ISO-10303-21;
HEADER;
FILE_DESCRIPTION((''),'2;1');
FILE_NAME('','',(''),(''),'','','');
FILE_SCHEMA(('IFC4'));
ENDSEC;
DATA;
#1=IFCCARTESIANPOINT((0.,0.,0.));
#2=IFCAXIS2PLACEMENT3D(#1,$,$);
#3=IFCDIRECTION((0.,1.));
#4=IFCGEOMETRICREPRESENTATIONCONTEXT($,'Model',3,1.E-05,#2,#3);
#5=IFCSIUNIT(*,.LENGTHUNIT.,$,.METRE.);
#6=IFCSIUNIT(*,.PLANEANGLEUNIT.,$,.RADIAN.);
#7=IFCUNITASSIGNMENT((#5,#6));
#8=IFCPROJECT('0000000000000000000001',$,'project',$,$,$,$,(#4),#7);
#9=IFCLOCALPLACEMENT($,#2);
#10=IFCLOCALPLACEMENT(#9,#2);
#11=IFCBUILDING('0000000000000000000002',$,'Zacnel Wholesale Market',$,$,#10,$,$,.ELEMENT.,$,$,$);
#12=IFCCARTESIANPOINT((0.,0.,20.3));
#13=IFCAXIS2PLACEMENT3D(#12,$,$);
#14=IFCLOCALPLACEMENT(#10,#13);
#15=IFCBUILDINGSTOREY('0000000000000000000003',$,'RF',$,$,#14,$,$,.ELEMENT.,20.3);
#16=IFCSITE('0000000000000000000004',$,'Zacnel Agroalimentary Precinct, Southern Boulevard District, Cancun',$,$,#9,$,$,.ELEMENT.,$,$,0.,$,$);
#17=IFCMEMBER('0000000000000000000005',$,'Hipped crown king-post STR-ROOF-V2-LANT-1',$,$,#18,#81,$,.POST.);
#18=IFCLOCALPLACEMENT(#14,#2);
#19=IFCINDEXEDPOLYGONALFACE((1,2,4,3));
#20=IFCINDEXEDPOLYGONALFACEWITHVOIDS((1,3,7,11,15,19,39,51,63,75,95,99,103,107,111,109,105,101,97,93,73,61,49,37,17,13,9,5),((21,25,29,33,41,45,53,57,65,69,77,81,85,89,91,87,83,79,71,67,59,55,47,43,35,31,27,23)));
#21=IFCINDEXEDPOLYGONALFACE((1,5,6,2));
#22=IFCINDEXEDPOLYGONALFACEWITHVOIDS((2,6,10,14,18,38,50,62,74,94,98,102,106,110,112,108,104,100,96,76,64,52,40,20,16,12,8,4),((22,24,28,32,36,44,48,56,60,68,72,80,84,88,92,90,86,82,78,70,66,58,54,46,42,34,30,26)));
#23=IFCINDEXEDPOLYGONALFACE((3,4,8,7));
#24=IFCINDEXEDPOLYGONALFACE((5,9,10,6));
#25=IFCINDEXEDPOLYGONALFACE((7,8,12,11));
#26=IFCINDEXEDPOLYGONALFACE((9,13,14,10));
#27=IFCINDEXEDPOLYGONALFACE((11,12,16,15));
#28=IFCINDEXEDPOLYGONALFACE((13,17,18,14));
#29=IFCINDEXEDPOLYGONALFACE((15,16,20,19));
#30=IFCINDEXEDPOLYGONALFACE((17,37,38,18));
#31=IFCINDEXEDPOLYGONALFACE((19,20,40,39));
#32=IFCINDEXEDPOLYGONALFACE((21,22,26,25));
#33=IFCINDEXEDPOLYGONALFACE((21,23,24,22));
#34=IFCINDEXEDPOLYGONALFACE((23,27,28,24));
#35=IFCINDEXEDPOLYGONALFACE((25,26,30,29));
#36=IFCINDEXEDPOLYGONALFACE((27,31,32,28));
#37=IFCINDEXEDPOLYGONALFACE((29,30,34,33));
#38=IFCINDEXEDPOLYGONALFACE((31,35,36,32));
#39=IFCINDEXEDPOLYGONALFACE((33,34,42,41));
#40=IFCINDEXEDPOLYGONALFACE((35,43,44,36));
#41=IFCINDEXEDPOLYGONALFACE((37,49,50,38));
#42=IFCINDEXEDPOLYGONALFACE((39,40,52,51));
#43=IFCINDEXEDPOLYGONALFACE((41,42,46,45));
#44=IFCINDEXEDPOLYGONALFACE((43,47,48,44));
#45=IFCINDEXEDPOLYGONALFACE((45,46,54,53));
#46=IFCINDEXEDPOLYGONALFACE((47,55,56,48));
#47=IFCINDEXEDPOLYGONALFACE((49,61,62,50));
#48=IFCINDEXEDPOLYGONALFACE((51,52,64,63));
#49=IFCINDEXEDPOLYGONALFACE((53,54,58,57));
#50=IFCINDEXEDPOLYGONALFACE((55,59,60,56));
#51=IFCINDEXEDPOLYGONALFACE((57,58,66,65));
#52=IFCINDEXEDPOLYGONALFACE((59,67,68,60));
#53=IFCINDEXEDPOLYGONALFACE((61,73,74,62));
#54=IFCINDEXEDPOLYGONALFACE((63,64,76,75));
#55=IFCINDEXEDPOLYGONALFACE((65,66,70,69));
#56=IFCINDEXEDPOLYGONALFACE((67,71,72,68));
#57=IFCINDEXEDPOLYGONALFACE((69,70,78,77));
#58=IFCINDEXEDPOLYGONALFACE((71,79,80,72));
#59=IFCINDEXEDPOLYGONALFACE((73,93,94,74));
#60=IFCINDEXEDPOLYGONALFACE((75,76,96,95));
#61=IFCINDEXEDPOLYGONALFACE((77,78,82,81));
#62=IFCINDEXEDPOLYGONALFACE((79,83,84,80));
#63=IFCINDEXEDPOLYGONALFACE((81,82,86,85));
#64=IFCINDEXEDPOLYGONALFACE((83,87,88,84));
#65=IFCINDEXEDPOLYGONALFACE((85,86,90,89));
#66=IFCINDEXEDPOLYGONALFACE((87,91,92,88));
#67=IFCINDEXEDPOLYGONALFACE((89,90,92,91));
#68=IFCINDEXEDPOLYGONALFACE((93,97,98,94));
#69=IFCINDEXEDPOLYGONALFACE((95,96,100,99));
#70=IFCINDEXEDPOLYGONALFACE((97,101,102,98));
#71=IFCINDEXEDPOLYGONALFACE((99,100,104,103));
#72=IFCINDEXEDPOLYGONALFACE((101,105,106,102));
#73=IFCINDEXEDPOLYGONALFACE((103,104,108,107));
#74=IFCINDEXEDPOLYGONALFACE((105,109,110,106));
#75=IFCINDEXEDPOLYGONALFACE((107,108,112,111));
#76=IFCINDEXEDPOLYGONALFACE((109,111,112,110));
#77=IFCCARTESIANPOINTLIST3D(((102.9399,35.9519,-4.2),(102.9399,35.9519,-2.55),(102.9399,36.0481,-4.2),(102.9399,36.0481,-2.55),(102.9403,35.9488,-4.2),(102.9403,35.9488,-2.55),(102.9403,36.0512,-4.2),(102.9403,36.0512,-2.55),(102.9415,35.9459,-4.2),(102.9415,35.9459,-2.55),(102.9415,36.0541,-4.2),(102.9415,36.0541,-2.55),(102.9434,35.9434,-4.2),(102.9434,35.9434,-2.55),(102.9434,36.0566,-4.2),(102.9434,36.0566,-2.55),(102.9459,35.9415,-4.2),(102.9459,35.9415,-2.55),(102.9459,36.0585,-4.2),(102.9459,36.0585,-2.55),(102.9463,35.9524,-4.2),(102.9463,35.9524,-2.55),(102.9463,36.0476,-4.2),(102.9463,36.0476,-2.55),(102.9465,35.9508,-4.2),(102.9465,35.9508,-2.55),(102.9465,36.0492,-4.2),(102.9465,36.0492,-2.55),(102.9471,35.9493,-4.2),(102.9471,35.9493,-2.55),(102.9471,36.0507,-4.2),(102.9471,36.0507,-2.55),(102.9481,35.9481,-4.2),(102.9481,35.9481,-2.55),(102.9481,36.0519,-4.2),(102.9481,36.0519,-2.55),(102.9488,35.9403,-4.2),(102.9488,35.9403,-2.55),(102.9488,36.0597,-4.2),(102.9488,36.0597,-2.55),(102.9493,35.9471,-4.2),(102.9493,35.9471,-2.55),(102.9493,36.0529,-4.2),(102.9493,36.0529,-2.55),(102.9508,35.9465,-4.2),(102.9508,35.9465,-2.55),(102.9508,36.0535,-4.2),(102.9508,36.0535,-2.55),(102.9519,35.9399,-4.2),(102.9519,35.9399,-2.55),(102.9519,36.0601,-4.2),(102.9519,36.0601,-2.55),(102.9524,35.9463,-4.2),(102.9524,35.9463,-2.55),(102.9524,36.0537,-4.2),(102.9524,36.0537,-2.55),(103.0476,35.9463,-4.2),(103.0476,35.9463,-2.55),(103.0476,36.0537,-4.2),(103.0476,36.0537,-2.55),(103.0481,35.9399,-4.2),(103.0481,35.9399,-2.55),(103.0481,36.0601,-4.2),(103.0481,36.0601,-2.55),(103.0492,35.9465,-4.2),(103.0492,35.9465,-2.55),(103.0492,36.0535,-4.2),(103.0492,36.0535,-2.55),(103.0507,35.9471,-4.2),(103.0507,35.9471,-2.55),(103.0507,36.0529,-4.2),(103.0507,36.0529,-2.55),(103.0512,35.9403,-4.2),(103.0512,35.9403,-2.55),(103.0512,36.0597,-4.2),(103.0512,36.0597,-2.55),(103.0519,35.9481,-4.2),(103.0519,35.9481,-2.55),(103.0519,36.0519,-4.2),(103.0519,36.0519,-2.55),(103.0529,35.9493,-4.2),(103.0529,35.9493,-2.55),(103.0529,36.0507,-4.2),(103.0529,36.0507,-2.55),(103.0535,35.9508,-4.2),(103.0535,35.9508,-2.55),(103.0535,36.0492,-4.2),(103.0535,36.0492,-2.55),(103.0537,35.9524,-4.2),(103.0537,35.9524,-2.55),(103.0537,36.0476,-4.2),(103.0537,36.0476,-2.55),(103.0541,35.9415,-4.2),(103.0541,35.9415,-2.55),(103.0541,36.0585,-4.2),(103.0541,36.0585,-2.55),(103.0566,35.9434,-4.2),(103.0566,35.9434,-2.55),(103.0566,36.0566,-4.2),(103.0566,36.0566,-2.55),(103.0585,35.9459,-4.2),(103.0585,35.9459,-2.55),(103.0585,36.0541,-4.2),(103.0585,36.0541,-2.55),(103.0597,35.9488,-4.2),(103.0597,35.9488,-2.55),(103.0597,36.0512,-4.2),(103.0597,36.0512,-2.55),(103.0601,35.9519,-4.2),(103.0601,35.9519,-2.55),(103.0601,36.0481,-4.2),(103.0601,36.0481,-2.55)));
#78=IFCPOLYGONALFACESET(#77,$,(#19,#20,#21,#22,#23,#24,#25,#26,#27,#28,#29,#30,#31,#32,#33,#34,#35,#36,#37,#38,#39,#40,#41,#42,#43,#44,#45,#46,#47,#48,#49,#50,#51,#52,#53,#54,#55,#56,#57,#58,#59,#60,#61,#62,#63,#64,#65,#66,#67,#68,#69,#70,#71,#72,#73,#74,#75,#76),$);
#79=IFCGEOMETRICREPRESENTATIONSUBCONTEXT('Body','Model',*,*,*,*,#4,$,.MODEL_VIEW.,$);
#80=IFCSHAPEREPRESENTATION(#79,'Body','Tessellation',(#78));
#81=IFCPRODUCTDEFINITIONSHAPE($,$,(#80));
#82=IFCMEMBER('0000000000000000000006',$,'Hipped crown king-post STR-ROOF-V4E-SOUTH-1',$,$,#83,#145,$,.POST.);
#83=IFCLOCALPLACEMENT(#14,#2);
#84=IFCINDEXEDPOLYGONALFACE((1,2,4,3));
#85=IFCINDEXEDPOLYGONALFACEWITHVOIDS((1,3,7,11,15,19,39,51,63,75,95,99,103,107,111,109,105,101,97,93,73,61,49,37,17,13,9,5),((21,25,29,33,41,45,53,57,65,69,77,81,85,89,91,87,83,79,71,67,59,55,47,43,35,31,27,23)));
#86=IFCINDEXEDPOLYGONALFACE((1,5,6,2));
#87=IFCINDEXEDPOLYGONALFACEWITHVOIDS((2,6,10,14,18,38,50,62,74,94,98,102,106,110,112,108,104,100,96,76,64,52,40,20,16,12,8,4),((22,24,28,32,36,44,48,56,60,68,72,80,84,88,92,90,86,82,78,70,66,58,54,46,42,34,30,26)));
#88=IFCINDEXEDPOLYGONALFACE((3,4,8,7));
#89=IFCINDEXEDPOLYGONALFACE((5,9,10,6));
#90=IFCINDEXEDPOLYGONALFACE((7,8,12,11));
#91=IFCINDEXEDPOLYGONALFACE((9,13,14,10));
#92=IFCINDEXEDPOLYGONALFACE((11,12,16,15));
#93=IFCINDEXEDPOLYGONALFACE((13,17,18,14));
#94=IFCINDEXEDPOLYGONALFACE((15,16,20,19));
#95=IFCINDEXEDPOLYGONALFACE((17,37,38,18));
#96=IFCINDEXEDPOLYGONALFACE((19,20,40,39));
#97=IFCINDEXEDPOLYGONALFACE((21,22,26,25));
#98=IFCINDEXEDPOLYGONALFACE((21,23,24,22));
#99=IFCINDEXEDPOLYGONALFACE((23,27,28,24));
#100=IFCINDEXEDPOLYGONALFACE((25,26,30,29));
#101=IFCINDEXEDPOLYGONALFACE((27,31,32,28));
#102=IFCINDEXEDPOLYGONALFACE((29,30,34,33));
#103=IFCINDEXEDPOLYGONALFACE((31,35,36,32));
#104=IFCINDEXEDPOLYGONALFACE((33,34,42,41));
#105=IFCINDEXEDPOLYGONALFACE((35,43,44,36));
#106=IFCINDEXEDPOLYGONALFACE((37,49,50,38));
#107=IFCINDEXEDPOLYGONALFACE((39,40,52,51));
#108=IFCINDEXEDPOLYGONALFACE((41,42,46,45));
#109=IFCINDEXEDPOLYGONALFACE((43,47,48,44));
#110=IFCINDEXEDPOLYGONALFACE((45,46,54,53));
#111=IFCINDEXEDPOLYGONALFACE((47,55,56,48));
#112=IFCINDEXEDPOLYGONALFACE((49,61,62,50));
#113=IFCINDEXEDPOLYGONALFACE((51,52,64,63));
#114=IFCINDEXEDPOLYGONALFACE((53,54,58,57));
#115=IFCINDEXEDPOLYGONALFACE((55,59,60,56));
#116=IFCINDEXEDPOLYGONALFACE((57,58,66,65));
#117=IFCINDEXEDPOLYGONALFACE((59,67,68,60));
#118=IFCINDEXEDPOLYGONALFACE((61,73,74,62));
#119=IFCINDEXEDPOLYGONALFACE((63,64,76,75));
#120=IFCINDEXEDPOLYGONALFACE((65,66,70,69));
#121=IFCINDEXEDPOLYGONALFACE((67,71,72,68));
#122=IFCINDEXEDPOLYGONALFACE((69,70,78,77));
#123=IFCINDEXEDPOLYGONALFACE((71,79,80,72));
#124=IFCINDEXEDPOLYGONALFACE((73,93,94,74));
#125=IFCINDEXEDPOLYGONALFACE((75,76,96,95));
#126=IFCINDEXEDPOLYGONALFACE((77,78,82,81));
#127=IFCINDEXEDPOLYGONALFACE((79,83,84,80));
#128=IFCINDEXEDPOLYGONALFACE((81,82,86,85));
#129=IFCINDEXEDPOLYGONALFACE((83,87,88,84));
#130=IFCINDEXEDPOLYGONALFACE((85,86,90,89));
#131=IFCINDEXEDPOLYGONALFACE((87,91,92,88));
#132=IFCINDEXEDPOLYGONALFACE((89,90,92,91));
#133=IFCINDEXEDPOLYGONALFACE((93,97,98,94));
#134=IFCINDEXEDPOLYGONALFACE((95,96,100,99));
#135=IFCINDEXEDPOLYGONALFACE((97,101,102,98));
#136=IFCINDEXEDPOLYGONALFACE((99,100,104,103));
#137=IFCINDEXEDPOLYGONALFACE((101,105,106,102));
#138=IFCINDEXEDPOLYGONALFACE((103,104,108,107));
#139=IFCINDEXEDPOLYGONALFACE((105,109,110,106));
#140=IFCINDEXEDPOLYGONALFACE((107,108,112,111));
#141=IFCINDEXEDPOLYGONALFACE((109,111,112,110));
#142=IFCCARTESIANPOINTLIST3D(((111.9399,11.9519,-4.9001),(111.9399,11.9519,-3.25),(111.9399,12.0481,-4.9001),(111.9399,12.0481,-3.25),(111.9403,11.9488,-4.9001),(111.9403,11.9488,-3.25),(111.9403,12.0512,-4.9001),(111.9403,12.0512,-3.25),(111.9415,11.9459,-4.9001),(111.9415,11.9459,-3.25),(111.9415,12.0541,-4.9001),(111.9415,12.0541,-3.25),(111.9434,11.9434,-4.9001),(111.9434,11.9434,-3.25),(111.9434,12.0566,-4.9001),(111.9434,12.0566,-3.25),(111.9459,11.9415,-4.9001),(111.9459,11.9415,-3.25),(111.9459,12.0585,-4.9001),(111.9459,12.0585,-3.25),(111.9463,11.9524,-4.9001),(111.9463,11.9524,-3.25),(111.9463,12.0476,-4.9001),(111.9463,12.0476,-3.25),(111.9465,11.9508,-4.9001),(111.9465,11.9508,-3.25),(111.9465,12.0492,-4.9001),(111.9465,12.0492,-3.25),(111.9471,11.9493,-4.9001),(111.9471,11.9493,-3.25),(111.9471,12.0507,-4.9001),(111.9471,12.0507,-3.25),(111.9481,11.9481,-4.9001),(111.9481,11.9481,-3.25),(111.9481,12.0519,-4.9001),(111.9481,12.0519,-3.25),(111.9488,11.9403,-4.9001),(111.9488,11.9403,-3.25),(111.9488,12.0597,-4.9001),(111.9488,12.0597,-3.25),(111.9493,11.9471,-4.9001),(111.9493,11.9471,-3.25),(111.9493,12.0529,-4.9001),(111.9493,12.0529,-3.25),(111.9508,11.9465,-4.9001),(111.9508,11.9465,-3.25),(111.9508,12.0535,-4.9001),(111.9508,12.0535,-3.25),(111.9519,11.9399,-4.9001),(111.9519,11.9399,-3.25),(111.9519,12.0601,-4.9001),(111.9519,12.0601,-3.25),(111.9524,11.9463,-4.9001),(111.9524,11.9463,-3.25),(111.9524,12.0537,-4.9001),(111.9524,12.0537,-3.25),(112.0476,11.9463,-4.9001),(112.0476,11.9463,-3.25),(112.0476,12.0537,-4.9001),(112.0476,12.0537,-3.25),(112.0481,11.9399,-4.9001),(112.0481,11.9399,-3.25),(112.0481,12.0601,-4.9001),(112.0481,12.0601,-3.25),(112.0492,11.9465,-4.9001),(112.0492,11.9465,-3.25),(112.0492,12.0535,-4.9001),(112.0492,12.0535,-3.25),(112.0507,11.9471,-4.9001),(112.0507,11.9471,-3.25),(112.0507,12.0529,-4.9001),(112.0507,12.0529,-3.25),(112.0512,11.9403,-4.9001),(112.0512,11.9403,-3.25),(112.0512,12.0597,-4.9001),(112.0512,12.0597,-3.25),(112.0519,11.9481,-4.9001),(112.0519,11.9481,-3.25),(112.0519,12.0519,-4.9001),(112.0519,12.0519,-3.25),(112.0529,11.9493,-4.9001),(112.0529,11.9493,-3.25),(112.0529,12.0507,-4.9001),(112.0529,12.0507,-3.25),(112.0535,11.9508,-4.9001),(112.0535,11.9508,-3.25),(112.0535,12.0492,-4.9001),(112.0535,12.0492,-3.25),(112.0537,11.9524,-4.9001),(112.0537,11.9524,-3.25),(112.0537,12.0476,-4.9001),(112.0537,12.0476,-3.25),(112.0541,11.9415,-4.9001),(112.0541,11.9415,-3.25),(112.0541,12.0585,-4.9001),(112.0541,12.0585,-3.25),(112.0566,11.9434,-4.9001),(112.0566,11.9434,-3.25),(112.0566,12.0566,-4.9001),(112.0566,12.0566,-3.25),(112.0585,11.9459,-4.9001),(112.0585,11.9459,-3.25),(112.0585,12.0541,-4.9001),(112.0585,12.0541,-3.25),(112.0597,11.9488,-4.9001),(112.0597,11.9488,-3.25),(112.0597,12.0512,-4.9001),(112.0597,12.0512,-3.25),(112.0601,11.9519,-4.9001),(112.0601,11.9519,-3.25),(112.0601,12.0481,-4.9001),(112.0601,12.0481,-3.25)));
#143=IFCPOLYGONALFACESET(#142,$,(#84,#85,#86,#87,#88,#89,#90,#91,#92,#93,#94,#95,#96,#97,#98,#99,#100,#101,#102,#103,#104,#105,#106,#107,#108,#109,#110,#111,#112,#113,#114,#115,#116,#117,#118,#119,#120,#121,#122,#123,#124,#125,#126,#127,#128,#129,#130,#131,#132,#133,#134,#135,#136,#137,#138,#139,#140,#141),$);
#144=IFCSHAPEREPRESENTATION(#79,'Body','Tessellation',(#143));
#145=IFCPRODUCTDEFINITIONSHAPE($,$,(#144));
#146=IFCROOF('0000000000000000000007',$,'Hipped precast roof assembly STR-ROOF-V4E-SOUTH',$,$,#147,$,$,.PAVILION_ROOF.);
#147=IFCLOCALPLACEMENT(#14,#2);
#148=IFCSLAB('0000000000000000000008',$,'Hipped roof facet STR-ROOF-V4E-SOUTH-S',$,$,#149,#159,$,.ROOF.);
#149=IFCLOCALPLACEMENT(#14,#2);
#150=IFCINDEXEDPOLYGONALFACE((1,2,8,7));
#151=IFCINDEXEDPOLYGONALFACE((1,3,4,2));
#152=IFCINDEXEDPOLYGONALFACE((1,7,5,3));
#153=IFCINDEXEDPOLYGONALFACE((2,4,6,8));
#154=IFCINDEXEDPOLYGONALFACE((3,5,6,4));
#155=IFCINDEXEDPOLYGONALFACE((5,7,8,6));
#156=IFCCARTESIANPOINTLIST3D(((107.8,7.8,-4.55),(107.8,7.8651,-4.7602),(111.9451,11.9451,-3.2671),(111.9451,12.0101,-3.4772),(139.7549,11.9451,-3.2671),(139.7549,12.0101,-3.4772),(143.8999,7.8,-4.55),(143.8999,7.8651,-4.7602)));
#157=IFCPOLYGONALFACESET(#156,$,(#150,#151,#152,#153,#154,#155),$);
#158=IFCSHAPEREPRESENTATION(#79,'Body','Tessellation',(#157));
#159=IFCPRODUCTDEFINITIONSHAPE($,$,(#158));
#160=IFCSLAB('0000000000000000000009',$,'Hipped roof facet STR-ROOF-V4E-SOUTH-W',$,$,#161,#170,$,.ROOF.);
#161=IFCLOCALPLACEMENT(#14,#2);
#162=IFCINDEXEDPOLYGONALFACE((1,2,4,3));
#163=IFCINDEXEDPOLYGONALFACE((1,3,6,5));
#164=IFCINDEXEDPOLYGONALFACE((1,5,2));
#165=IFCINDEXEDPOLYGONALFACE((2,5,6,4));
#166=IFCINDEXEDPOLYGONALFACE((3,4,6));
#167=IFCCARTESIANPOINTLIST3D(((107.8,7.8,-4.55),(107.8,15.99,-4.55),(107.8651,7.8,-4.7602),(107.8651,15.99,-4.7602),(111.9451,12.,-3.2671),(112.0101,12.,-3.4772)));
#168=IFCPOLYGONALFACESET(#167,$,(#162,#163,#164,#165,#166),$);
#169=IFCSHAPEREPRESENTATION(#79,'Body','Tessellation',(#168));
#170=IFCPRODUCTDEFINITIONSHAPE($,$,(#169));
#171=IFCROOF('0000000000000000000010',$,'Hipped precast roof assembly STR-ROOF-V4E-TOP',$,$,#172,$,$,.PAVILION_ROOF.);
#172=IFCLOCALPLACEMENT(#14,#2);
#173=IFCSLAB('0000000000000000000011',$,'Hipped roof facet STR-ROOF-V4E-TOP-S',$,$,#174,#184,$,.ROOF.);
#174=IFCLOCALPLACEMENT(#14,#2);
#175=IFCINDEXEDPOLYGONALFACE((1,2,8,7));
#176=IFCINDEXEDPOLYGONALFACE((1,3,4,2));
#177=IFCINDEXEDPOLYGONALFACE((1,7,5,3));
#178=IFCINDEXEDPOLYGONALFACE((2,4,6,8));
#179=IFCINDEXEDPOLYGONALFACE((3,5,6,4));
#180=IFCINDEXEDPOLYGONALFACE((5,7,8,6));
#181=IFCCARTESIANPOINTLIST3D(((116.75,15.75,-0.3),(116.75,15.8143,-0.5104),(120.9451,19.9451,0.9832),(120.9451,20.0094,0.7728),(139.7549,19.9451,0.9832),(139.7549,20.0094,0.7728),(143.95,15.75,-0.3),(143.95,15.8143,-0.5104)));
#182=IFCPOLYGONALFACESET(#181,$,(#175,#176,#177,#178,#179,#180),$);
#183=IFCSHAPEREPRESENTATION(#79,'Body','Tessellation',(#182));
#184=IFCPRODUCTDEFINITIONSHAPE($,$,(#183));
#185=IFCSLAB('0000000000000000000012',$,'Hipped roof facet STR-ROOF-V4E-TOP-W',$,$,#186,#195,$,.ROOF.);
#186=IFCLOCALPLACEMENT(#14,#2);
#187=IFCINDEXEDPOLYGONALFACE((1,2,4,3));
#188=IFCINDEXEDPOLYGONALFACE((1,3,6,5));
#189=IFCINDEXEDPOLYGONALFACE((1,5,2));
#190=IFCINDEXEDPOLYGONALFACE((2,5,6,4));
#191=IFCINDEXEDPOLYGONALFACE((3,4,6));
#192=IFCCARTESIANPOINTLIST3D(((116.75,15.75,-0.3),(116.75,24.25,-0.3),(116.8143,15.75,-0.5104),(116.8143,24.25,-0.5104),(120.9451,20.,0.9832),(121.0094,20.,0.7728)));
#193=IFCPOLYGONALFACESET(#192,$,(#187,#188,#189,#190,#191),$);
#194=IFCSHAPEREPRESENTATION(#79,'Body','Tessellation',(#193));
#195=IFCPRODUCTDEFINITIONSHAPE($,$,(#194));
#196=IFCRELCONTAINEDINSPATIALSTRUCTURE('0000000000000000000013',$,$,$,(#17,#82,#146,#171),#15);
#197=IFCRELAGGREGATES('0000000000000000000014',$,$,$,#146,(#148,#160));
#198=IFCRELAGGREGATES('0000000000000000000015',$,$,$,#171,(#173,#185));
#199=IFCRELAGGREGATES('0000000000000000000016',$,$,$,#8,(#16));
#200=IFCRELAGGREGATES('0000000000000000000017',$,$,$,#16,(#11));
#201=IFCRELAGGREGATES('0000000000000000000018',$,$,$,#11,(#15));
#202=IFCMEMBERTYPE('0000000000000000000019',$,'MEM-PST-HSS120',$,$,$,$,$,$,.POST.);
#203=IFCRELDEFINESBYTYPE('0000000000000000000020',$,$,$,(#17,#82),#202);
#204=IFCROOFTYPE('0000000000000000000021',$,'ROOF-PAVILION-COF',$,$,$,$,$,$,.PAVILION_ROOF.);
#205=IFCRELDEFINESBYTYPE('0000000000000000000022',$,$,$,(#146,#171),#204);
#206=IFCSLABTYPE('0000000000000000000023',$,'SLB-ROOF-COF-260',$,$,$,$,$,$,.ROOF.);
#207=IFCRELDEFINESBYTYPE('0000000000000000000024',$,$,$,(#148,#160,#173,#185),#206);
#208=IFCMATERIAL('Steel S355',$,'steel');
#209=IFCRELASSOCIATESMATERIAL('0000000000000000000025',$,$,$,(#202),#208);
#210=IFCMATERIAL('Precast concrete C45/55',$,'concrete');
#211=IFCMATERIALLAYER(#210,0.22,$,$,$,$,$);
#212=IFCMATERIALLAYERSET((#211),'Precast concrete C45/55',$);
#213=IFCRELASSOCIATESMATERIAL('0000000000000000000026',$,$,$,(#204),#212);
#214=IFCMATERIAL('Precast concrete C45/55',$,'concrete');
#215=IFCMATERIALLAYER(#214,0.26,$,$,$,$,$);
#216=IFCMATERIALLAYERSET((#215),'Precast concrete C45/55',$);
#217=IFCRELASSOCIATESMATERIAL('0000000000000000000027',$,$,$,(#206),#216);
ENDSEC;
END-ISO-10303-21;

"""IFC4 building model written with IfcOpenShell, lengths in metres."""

from ifc_helpers import new_model, si_unit, direction, frame, origin, origin_2d, place, context, subcontext, project, spatial, polyline, hollow_rectangle, outline, extrude, material, layer, layer_set, material_profile, profile_set, type_object, element, aggregate, save


model = new_model("IFC4")

# Units and contexts
model_context = context("Model", 3, precision=1e-05, world=origin(), true_north=direction((0.0, 1.0)))
body_context = subcontext(model_context, "Body", "Model", "MODEL_VIEW")
ifc_project = project(units=[si_unit("LENGTHUNIT", "METRE"), si_unit("PLANEANGLEUNIT", "RADIAN")], contexts=[model_context])

# Site, building, storey
site_placement = place(None, origin())
site = spatial("IfcSite", under=ifc_project, at=site_placement, Name="Zacnel Agroalimentary Precinct, Southern Boulevard District, Cancun", CompositionType="ELEMENT", RefElevation=0.0)
building_placement = place(site_placement, origin())
building = spatial("IfcBuilding", under=site, at=building_placement, Name="Zacnel Wholesale Market", CompositionType="ELEMENT")
storey_placement = place(building_placement, frame((0.0, 0.0, 20.3)))
storey = spatial("IfcBuildingStorey", under=building, at=storey_placement, Name="RF", CompositionType="ELEMENT", Elevation=20.3)

# Members
ifc_material_1 = material(Name="Steel S355", Category="steel")
ifc_material_profile_1 = material_profile(ifc_material_1, hollow_rectangle(XDim=0.1201, YDim=0.1201, WallThickness=0.0063, InnerFilletRadius=0.0061, OuterFilletRadius=0.012, at=origin_2d()), Name="HSS 120x120x6.3")
ifc_profile_set_1 = profile_set([ifc_material_profile_1], Name="Steel S355")
member_type_1 = type_object("IfcMemberType", Name="MEM-PST-HSS120", PredefinedType="POST", material=ifc_profile_set_1)
member_1_placement = place(storey_placement, frame((103.0, 36.0, -4.2), z_axis=(0.0, 0.0, 1.0), x_axis=(1.0, 0.0, 0.0)))
element("IfcMember", 1, at=member_1_placement, inside=storey, type_object=member_type_1, Name="Hipped crown king-post STR-ROOF-V2-LANT-1", PredefinedType="POST", context=body_context, shape_type="SweptSolid", body=[
    extrude(hollow_rectangle(XDim=0.1201, YDim=0.1201, WallThickness=0.0063, InnerFilletRadius=0.0061, OuterFilletRadius=0.012, at=origin_2d()), origin(), (0.0, 0.0, 1.0), 1.6499),
])
member_2_placement = place(storey_placement, frame((112.0, 12.0, -4.9001), z_axis=(0.0, 0.0, 1.0), x_axis=(1.0, 0.0, 0.0)))
element("IfcMember", 2, at=member_2_placement, inside=storey, type_object=member_type_1, Name="Hipped crown king-post STR-ROOF-V4E-SOUTH-1", PredefinedType="POST", context=body_context, shape_type="SweptSolid", body=[
    extrude(hollow_rectangle(XDim=0.1201, YDim=0.1201, WallThickness=0.0063, InnerFilletRadius=0.0061, OuterFilletRadius=0.012, at=origin_2d()), origin(), (0.0, 0.0, 1.0), 1.6501),
])

# Roofs, slabs
ifc_material_2 = material(Name="Precast concrete C45/55", Category="concrete")
ifc_layer_1 = layer(ifc_material_2, 0.22)
ifc_layer_set_1 = layer_set([ifc_layer_1], Name="Precast concrete C45/55")
roof_type = type_object("IfcRoofType", Name="ROOF-PAVILION-COF", PredefinedType="PAVILION_ROOF", material=ifc_layer_set_1)
roof_1_placement = place(storey_placement, origin())
roof_1 = element("IfcRoof", 3, at=roof_1_placement, inside=storey, type_object=roof_type, Name="Hipped precast roof assembly STR-ROOF-V4E-SOUTH", PredefinedType="PAVILION_ROOF")
ifc_material_3 = material(Name="Precast concrete C45/55", Category="concrete")
ifc_layer_2 = layer(ifc_material_3, 0.26)
ifc_layer_set_2 = layer_set([ifc_layer_2], Name="Precast concrete C45/55")
slab_type_1 = type_object("IfcSlabType", Name="SLB-ROOF-COF-260", PredefinedType="ROOF", material=ifc_layer_set_2)
slab_1_placement = place(storey_placement, frame((107.8, 7.8, -4.55), z_axis=(0.0, -0.295679, 0.955287), x_axis=(1.0, 0.0, 0.0)))
slab_1 = element("IfcSlab", 4, at=slab_1_placement, type_object=slab_type_1, Name="Hipped roof facet STR-ROOF-V4E-SOUTH-S", PredefinedType="ROOF", context=body_context, shape_type="SweptSolid", body=[
    extrude(outline(polyline([(0.0, 0.0), (36.0999, 0.0), (31.9548, 4.339), (4.145, 4.339), (0.0, 0.0)])), origin(), (0.0, 0.0, -1.0), 0.22),
])
slab_2_placement = place(storey_placement, frame((107.8, 15.99, -4.55), z_axis=(-0.295679, 0.0, 0.955287), x_axis=(0.0, -1.0, 0.0)))
slab_2 = element("IfcSlab", 5, at=slab_2_placement, type_object=slab_type_1, Name="Hipped roof facet STR-ROOF-V4E-SOUTH-W", PredefinedType="ROOF", context=body_context, shape_type="SweptSolid", body=[
    extrude(outline(polyline([(0.0, 0.0), (8.1899, 0.0), (3.99, 4.339), (0.0, 0.0)])), origin(), (0.0, 0.0, -1.0), 0.22),
])
aggregate(roof_1, [slab_1, slab_2])
roof_2_placement = place(storey_placement, origin())
roof_2 = element("IfcRoof", 6, at=roof_2_placement, inside=storey, type_object=roof_type, Name="Hipped precast roof assembly STR-ROOF-V4E-TOP", PredefinedType="PAVILION_ROOF")
slab_3_placement = place(storey_placement, frame((116.75, 15.75, -0.3), z_axis=(0.0, -0.292506, 0.956264), x_axis=(1.0, 0.0, 0.0)))
slab_3 = element("IfcSlab", 7, at=slab_3_placement, type_object=slab_type_1, Name="Hipped roof facet STR-ROOF-V4E-TOP-S", PredefinedType="ROOF", context=body_context, shape_type="SweptSolid", body=[
    extrude(outline(polyline([(0.0, 0.0), (27.2, 0.0), (23.0049, 4.3869), (4.1951, 4.3869), (0.0, 0.0)])), origin(), (0.0, 0.0, -1.0), 0.22),
])
slab_4_placement = place(storey_placement, frame((116.75, 24.25, -0.3), z_axis=(-0.292506, 0.0, 0.956264), x_axis=(0.0, -1.0, 0.0)))
slab_4 = element("IfcSlab", 8, at=slab_4_placement, type_object=slab_type_1, Name="Hipped roof facet STR-ROOF-V4E-TOP-W", PredefinedType="ROOF", context=body_context, shape_type="SweptSolid", body=[
    extrude(outline(polyline([(0.0, 0.0), (8.5, 0.0), (4.25, 4.3869), (0.0, 0.0)])), origin(), (0.0, 0.0, -1.0), 0.22),
])
aggregate(roof_2, [slab_3, slab_4])

save(model, "model.ifc")
